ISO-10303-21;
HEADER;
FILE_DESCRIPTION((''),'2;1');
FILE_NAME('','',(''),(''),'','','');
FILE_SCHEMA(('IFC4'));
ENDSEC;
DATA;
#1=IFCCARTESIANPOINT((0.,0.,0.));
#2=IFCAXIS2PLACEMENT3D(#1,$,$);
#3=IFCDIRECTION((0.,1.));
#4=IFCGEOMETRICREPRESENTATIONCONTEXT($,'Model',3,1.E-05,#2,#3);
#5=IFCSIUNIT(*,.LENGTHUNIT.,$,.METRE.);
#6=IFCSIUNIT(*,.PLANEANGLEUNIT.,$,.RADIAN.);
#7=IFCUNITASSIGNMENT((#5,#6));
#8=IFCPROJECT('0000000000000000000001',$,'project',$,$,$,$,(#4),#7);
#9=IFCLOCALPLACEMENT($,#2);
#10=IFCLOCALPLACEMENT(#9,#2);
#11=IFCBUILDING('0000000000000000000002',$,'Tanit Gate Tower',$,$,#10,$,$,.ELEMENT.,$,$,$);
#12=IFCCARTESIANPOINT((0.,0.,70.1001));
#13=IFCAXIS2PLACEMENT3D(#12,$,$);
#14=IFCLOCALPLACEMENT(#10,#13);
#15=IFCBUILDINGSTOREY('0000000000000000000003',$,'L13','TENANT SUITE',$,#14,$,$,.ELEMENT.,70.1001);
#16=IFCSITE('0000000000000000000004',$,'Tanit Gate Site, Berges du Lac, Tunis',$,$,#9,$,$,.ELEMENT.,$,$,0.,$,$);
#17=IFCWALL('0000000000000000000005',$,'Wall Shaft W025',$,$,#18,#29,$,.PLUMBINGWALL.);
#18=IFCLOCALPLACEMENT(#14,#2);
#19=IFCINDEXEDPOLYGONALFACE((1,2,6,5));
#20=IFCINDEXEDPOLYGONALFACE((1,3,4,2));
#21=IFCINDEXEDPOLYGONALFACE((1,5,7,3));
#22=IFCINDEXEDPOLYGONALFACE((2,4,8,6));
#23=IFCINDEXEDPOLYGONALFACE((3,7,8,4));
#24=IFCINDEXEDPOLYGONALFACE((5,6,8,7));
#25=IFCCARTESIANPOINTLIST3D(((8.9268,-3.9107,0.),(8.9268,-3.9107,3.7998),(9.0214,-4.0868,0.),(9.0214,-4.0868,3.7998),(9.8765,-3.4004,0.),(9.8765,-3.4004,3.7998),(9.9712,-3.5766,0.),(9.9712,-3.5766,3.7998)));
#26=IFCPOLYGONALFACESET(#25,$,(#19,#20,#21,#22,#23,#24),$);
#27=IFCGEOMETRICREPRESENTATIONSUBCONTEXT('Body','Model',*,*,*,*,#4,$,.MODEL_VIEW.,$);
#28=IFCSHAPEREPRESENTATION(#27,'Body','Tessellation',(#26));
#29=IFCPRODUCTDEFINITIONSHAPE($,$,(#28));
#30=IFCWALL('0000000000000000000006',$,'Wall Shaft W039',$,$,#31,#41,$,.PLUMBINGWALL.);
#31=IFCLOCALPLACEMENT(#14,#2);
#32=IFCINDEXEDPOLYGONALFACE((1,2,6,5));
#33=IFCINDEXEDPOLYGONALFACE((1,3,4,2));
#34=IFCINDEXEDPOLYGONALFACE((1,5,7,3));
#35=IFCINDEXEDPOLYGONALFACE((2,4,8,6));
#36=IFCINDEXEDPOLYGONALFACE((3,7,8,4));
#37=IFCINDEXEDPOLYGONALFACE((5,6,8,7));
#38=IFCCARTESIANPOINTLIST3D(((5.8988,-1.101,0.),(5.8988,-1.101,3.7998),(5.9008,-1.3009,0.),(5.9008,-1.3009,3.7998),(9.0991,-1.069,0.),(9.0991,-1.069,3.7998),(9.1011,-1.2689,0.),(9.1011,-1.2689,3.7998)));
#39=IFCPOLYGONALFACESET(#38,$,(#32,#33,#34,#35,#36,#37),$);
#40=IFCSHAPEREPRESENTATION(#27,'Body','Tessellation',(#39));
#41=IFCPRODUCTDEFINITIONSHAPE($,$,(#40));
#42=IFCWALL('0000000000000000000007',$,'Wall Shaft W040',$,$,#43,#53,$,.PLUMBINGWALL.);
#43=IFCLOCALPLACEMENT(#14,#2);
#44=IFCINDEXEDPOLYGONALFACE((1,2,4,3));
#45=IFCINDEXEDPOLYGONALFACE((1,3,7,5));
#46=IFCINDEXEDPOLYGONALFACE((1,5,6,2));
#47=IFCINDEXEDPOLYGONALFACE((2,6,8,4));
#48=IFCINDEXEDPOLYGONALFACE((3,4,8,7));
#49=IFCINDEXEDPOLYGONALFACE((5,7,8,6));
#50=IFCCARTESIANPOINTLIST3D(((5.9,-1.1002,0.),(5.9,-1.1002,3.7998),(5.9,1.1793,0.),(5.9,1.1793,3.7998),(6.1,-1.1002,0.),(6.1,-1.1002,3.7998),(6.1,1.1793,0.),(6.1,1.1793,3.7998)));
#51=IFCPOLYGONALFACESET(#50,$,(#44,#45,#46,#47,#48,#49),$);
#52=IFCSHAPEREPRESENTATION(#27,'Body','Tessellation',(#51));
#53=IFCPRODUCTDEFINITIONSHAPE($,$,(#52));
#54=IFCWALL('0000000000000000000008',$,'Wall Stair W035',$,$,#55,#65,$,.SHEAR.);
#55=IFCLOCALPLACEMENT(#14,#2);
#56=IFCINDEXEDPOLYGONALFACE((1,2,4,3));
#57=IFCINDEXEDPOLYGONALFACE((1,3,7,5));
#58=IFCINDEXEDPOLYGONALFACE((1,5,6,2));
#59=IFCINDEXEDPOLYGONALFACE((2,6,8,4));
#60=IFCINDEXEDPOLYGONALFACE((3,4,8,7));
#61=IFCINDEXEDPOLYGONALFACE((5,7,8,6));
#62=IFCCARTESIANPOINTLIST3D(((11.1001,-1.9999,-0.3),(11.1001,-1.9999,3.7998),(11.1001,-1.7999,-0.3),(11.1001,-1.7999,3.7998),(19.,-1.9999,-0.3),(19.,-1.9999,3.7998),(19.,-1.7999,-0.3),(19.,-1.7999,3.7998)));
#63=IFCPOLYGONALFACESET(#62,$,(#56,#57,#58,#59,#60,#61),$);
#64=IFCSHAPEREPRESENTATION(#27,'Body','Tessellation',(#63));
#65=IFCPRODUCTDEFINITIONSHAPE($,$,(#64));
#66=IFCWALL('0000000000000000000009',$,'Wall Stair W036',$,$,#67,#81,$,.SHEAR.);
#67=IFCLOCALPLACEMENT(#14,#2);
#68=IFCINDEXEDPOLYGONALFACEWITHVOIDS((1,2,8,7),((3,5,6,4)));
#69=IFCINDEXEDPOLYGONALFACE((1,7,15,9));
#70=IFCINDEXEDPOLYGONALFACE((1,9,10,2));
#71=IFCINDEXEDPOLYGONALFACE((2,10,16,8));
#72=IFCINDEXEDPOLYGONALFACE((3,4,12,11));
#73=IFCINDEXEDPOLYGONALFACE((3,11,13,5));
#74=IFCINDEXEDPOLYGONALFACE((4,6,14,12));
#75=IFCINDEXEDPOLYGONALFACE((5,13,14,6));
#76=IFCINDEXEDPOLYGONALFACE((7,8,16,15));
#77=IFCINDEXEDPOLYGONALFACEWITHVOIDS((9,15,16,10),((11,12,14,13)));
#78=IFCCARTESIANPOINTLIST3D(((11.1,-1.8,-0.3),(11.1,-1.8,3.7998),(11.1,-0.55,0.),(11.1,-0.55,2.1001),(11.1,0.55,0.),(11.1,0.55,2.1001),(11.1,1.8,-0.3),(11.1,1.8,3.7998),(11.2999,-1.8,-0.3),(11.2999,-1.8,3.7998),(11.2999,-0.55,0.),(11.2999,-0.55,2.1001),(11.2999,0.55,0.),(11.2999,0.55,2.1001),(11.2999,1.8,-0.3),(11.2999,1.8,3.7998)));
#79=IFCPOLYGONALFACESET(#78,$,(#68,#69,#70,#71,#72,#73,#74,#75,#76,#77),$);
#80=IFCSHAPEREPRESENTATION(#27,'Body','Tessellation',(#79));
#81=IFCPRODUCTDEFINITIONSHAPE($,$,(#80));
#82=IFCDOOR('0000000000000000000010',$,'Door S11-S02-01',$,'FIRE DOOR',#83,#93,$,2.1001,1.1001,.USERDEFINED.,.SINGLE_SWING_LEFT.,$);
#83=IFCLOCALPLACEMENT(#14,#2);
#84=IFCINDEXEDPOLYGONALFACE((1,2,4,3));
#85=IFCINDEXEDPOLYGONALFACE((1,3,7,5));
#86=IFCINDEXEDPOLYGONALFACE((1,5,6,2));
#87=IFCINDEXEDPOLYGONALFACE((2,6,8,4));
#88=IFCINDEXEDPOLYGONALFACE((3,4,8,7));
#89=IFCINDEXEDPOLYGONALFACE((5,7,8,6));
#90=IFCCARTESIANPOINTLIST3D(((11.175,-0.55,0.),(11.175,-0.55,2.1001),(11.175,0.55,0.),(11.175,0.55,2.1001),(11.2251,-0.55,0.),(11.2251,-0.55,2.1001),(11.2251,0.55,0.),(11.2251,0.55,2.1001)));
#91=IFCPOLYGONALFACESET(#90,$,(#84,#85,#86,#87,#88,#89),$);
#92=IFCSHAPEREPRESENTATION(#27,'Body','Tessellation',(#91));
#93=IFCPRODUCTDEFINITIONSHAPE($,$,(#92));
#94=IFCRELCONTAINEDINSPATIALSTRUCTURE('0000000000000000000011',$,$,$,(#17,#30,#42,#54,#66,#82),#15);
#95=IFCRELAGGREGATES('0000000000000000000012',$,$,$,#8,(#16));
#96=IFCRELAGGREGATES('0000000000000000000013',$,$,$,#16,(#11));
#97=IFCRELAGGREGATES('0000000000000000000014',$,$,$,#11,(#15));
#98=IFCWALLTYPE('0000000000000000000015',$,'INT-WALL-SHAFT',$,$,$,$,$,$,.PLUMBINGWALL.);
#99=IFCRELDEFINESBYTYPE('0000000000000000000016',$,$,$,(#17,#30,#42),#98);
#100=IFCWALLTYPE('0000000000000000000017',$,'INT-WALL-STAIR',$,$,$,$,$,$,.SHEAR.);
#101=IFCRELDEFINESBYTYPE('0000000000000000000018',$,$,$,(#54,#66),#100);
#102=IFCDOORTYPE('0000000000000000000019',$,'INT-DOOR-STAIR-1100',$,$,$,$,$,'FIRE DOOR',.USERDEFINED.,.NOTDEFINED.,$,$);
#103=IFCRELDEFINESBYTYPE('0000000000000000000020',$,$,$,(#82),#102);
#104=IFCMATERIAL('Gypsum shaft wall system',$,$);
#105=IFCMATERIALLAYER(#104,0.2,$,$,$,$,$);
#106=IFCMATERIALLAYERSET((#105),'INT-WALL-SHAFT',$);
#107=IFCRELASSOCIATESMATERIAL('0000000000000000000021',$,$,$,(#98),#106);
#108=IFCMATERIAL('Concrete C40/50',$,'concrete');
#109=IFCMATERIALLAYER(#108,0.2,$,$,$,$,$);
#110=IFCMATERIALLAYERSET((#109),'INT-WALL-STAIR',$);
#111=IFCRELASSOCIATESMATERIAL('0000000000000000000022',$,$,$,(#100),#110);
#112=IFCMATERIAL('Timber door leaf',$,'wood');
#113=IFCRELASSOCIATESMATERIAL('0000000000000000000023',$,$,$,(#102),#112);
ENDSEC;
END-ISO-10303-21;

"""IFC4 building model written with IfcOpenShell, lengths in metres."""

from ifc_helpers import new_model, si_unit, direction, frame, frame_2d, origin, place, context, subcontext, project, spatial, rectangle, extrude, material, layer, layer_set, type_object, element, fill, save


model = new_model("IFC4")

# Units and contexts
model_context = context("Model", 3, precision=1e-05, world=origin(), true_north=direction((0.0, 1.0)))
body_context = subcontext(model_context, "Body", "Model", "MODEL_VIEW")
ifc_project = project(units=[si_unit("LENGTHUNIT", "METRE"), si_unit("PLANEANGLEUNIT", "RADIAN")], contexts=[model_context])

# Site, building, storey
site_placement = place(None, origin())
site = spatial("IfcSite", under=ifc_project, at=site_placement, Name="Tanit Gate Site, Berges du Lac, Tunis", CompositionType="ELEMENT", RefElevation=0.0)
building_placement = place(site_placement, origin())
building = spatial("IfcBuilding", under=site, at=building_placement, Name="Tanit Gate Tower", CompositionType="ELEMENT")
storey_placement = place(building_placement, frame((0.0, 0.0, 70.1001)))
storey = spatial("IfcBuildingStorey", under=building, at=storey_placement, Name="L13", Description="TENANT SUITE", CompositionType="ELEMENT", Elevation=70.1001)

# Walls
ifc_material_1 = material(Name="Gypsum shaft wall system")
ifc_layer_1 = layer(ifc_material_1, 0.2)
ifc_layer_set_1 = layer_set([ifc_layer_1], Name="INT-WALL-SHAFT")
wall_type_1 = type_object("IfcWallType", Name="INT-WALL-SHAFT", PredefinedType="PLUMBINGWALL", material=ifc_layer_set_1)
wall_1_placement = place(storey_placement, frame((8.9741, -3.9988, 0.0), z_axis=(0.0, 0.0, 1.0), x_axis=(0.880907, 0.473289, 0.0)))
element("IfcWall", 1, at=wall_1_placement, inside=storey, type_object=wall_type_1, Name="Wall Shaft W025", PredefinedType="PLUMBINGWALL", context=body_context, shape_type="SweptSolid", body=[
    extrude(rectangle(XDim=1.0781, YDim=0.2, at=frame_2d((0.5391, 0.0))), origin(), (0.0, 0.0, 1.0), 3.7998),
])
wall_2_placement = place(storey_placement, frame((5.8999, -1.2009, 0.0), z_axis=(0.0, 0.0, 1.0), x_axis=(0.99995, 0.009993, 0.0)))
element("IfcWall", 2, at=wall_2_placement, inside=storey, type_object=wall_type_1, Name="Wall Shaft W039", PredefinedType="PLUMBINGWALL", context=body_context, shape_type="SweptSolid", body=[
    extrude(rectangle(XDim=3.2004, YDim=0.2, at=frame_2d((1.6001, 0.0))), origin(), (0.0, 0.0, 1.0), 3.7998),
])
wall_3_placement = place(storey_placement, frame((6.0, -1.1001, 0.0), z_axis=(0.0, 0.0, 1.0), x_axis=(0.0, 1.0, 0.0)))
element("IfcWall", 3, at=wall_3_placement, inside=storey, type_object=wall_type_1, Name="Wall Shaft W040", PredefinedType="PLUMBINGWALL", context=body_context, shape_type="SweptSolid", body=[
    extrude(rectangle(XDim=2.2795, YDim=0.2, at=frame_2d((1.1396, 0.0))), origin(), (0.0, 0.0, 1.0), 3.7998),
])
ifc_material_2 = material(Name="Concrete C40/50", Category="concrete")
ifc_layer_2 = layer(ifc_material_2, 0.2)
ifc_layer_set_2 = layer_set([ifc_layer_2], Name="INT-WALL-STAIR")
wall_type_2 = type_object("IfcWallType", Name="INT-WALL-STAIR", PredefinedType="SHEAR", material=ifc_layer_set_2)
wall_4_placement = place(storey_placement, frame((11.1001, -1.8999, -0.3), z_axis=(0.0, 0.0, 1.0), x_axis=(1.0, 0.0, 0.0)))
element("IfcWall", 4, at=wall_4_placement, inside=storey, type_object=wall_type_2, Name="Wall Stair W035", PredefinedType="SHEAR", context=body_context, shape_type="SweptSolid", body=[
    extrude(rectangle(XDim=7.8999, YDim=0.2, at=frame_2d((3.95, 0.0))), origin(), (0.0, 0.0, 1.0), 4.0999),
])

# Wall, opening, door
wall_5_placement = place(storey_placement, frame((11.2, -1.8, -0.3), z_axis=(0.0, 0.0, 1.0), x_axis=(0.0, 1.0, 0.0)))
wall_5 = element("IfcWall", 5, at=wall_5_placement, inside=storey, type_object=wall_type_2, Name="Wall Stair W036", PredefinedType="SHEAR", context=body_context, shape_type="SweptSolid", body=[
    extrude(rectangle(XDim=3.6001, YDim=0.2, at=frame_2d((1.8, 0.0))), origin(), (0.0, 0.0, 1.0), 4.0999),
])
opening_1_placement = place(wall_5_placement, frame((1.25, 0.0, 0.3)))
opening_1 = element("IfcOpeningElement", 6, at=opening_1_placement, cuts=wall_5, PredefinedType="OPENING", context=body_context, shape_type="SweptSolid", body=[
    extrude(rectangle(XDim=1.1001, YDim=2.1001, at=frame_2d((0.55, 1.05))), frame((0.0, 0.1099, 0.0), z_axis=(0.0, -1.0, 0.0), x_axis=(1.0, 0.0, 0.0)), (0.0, 0.0, 1.0), 0.22),
])
ifc_material_3 = material(Name="Timber door leaf", Category="wood")
door_type_1 = type_object("IfcDoorType", Name="INT-DOOR-STAIR-1100", ElementType="FIRE DOOR", OperationType="NOTDEFINED", PredefinedType="USERDEFINED", material=ifc_material_3)
door_1_placement = place(opening_1_placement, origin())
door_1 = element("IfcDoor", 7, at=door_1_placement, inside=storey, type_object=door_type_1, Name="Door S11-S02-01", ObjectType="FIRE DOOR", OperationType="SINGLE_SWING_LEFT", OverallHeight=2.1001, OverallWidth=1.1001, PredefinedType="USERDEFINED", context=body_context, shape_type="SweptSolid", body=[
    extrude(rectangle(XDim=1.1001, YDim=2.1001, at=frame_2d((0.55, 1.05))), frame((0.0, 0.0249, 0.0), z_axis=(0.0, -1.0, 0.0), x_axis=(1.0, 0.0, 0.0)), (0.0, 0.0, 1.0), 0.05),
])
fill(opening_1, door_1)

save(model, "model.ifc")
